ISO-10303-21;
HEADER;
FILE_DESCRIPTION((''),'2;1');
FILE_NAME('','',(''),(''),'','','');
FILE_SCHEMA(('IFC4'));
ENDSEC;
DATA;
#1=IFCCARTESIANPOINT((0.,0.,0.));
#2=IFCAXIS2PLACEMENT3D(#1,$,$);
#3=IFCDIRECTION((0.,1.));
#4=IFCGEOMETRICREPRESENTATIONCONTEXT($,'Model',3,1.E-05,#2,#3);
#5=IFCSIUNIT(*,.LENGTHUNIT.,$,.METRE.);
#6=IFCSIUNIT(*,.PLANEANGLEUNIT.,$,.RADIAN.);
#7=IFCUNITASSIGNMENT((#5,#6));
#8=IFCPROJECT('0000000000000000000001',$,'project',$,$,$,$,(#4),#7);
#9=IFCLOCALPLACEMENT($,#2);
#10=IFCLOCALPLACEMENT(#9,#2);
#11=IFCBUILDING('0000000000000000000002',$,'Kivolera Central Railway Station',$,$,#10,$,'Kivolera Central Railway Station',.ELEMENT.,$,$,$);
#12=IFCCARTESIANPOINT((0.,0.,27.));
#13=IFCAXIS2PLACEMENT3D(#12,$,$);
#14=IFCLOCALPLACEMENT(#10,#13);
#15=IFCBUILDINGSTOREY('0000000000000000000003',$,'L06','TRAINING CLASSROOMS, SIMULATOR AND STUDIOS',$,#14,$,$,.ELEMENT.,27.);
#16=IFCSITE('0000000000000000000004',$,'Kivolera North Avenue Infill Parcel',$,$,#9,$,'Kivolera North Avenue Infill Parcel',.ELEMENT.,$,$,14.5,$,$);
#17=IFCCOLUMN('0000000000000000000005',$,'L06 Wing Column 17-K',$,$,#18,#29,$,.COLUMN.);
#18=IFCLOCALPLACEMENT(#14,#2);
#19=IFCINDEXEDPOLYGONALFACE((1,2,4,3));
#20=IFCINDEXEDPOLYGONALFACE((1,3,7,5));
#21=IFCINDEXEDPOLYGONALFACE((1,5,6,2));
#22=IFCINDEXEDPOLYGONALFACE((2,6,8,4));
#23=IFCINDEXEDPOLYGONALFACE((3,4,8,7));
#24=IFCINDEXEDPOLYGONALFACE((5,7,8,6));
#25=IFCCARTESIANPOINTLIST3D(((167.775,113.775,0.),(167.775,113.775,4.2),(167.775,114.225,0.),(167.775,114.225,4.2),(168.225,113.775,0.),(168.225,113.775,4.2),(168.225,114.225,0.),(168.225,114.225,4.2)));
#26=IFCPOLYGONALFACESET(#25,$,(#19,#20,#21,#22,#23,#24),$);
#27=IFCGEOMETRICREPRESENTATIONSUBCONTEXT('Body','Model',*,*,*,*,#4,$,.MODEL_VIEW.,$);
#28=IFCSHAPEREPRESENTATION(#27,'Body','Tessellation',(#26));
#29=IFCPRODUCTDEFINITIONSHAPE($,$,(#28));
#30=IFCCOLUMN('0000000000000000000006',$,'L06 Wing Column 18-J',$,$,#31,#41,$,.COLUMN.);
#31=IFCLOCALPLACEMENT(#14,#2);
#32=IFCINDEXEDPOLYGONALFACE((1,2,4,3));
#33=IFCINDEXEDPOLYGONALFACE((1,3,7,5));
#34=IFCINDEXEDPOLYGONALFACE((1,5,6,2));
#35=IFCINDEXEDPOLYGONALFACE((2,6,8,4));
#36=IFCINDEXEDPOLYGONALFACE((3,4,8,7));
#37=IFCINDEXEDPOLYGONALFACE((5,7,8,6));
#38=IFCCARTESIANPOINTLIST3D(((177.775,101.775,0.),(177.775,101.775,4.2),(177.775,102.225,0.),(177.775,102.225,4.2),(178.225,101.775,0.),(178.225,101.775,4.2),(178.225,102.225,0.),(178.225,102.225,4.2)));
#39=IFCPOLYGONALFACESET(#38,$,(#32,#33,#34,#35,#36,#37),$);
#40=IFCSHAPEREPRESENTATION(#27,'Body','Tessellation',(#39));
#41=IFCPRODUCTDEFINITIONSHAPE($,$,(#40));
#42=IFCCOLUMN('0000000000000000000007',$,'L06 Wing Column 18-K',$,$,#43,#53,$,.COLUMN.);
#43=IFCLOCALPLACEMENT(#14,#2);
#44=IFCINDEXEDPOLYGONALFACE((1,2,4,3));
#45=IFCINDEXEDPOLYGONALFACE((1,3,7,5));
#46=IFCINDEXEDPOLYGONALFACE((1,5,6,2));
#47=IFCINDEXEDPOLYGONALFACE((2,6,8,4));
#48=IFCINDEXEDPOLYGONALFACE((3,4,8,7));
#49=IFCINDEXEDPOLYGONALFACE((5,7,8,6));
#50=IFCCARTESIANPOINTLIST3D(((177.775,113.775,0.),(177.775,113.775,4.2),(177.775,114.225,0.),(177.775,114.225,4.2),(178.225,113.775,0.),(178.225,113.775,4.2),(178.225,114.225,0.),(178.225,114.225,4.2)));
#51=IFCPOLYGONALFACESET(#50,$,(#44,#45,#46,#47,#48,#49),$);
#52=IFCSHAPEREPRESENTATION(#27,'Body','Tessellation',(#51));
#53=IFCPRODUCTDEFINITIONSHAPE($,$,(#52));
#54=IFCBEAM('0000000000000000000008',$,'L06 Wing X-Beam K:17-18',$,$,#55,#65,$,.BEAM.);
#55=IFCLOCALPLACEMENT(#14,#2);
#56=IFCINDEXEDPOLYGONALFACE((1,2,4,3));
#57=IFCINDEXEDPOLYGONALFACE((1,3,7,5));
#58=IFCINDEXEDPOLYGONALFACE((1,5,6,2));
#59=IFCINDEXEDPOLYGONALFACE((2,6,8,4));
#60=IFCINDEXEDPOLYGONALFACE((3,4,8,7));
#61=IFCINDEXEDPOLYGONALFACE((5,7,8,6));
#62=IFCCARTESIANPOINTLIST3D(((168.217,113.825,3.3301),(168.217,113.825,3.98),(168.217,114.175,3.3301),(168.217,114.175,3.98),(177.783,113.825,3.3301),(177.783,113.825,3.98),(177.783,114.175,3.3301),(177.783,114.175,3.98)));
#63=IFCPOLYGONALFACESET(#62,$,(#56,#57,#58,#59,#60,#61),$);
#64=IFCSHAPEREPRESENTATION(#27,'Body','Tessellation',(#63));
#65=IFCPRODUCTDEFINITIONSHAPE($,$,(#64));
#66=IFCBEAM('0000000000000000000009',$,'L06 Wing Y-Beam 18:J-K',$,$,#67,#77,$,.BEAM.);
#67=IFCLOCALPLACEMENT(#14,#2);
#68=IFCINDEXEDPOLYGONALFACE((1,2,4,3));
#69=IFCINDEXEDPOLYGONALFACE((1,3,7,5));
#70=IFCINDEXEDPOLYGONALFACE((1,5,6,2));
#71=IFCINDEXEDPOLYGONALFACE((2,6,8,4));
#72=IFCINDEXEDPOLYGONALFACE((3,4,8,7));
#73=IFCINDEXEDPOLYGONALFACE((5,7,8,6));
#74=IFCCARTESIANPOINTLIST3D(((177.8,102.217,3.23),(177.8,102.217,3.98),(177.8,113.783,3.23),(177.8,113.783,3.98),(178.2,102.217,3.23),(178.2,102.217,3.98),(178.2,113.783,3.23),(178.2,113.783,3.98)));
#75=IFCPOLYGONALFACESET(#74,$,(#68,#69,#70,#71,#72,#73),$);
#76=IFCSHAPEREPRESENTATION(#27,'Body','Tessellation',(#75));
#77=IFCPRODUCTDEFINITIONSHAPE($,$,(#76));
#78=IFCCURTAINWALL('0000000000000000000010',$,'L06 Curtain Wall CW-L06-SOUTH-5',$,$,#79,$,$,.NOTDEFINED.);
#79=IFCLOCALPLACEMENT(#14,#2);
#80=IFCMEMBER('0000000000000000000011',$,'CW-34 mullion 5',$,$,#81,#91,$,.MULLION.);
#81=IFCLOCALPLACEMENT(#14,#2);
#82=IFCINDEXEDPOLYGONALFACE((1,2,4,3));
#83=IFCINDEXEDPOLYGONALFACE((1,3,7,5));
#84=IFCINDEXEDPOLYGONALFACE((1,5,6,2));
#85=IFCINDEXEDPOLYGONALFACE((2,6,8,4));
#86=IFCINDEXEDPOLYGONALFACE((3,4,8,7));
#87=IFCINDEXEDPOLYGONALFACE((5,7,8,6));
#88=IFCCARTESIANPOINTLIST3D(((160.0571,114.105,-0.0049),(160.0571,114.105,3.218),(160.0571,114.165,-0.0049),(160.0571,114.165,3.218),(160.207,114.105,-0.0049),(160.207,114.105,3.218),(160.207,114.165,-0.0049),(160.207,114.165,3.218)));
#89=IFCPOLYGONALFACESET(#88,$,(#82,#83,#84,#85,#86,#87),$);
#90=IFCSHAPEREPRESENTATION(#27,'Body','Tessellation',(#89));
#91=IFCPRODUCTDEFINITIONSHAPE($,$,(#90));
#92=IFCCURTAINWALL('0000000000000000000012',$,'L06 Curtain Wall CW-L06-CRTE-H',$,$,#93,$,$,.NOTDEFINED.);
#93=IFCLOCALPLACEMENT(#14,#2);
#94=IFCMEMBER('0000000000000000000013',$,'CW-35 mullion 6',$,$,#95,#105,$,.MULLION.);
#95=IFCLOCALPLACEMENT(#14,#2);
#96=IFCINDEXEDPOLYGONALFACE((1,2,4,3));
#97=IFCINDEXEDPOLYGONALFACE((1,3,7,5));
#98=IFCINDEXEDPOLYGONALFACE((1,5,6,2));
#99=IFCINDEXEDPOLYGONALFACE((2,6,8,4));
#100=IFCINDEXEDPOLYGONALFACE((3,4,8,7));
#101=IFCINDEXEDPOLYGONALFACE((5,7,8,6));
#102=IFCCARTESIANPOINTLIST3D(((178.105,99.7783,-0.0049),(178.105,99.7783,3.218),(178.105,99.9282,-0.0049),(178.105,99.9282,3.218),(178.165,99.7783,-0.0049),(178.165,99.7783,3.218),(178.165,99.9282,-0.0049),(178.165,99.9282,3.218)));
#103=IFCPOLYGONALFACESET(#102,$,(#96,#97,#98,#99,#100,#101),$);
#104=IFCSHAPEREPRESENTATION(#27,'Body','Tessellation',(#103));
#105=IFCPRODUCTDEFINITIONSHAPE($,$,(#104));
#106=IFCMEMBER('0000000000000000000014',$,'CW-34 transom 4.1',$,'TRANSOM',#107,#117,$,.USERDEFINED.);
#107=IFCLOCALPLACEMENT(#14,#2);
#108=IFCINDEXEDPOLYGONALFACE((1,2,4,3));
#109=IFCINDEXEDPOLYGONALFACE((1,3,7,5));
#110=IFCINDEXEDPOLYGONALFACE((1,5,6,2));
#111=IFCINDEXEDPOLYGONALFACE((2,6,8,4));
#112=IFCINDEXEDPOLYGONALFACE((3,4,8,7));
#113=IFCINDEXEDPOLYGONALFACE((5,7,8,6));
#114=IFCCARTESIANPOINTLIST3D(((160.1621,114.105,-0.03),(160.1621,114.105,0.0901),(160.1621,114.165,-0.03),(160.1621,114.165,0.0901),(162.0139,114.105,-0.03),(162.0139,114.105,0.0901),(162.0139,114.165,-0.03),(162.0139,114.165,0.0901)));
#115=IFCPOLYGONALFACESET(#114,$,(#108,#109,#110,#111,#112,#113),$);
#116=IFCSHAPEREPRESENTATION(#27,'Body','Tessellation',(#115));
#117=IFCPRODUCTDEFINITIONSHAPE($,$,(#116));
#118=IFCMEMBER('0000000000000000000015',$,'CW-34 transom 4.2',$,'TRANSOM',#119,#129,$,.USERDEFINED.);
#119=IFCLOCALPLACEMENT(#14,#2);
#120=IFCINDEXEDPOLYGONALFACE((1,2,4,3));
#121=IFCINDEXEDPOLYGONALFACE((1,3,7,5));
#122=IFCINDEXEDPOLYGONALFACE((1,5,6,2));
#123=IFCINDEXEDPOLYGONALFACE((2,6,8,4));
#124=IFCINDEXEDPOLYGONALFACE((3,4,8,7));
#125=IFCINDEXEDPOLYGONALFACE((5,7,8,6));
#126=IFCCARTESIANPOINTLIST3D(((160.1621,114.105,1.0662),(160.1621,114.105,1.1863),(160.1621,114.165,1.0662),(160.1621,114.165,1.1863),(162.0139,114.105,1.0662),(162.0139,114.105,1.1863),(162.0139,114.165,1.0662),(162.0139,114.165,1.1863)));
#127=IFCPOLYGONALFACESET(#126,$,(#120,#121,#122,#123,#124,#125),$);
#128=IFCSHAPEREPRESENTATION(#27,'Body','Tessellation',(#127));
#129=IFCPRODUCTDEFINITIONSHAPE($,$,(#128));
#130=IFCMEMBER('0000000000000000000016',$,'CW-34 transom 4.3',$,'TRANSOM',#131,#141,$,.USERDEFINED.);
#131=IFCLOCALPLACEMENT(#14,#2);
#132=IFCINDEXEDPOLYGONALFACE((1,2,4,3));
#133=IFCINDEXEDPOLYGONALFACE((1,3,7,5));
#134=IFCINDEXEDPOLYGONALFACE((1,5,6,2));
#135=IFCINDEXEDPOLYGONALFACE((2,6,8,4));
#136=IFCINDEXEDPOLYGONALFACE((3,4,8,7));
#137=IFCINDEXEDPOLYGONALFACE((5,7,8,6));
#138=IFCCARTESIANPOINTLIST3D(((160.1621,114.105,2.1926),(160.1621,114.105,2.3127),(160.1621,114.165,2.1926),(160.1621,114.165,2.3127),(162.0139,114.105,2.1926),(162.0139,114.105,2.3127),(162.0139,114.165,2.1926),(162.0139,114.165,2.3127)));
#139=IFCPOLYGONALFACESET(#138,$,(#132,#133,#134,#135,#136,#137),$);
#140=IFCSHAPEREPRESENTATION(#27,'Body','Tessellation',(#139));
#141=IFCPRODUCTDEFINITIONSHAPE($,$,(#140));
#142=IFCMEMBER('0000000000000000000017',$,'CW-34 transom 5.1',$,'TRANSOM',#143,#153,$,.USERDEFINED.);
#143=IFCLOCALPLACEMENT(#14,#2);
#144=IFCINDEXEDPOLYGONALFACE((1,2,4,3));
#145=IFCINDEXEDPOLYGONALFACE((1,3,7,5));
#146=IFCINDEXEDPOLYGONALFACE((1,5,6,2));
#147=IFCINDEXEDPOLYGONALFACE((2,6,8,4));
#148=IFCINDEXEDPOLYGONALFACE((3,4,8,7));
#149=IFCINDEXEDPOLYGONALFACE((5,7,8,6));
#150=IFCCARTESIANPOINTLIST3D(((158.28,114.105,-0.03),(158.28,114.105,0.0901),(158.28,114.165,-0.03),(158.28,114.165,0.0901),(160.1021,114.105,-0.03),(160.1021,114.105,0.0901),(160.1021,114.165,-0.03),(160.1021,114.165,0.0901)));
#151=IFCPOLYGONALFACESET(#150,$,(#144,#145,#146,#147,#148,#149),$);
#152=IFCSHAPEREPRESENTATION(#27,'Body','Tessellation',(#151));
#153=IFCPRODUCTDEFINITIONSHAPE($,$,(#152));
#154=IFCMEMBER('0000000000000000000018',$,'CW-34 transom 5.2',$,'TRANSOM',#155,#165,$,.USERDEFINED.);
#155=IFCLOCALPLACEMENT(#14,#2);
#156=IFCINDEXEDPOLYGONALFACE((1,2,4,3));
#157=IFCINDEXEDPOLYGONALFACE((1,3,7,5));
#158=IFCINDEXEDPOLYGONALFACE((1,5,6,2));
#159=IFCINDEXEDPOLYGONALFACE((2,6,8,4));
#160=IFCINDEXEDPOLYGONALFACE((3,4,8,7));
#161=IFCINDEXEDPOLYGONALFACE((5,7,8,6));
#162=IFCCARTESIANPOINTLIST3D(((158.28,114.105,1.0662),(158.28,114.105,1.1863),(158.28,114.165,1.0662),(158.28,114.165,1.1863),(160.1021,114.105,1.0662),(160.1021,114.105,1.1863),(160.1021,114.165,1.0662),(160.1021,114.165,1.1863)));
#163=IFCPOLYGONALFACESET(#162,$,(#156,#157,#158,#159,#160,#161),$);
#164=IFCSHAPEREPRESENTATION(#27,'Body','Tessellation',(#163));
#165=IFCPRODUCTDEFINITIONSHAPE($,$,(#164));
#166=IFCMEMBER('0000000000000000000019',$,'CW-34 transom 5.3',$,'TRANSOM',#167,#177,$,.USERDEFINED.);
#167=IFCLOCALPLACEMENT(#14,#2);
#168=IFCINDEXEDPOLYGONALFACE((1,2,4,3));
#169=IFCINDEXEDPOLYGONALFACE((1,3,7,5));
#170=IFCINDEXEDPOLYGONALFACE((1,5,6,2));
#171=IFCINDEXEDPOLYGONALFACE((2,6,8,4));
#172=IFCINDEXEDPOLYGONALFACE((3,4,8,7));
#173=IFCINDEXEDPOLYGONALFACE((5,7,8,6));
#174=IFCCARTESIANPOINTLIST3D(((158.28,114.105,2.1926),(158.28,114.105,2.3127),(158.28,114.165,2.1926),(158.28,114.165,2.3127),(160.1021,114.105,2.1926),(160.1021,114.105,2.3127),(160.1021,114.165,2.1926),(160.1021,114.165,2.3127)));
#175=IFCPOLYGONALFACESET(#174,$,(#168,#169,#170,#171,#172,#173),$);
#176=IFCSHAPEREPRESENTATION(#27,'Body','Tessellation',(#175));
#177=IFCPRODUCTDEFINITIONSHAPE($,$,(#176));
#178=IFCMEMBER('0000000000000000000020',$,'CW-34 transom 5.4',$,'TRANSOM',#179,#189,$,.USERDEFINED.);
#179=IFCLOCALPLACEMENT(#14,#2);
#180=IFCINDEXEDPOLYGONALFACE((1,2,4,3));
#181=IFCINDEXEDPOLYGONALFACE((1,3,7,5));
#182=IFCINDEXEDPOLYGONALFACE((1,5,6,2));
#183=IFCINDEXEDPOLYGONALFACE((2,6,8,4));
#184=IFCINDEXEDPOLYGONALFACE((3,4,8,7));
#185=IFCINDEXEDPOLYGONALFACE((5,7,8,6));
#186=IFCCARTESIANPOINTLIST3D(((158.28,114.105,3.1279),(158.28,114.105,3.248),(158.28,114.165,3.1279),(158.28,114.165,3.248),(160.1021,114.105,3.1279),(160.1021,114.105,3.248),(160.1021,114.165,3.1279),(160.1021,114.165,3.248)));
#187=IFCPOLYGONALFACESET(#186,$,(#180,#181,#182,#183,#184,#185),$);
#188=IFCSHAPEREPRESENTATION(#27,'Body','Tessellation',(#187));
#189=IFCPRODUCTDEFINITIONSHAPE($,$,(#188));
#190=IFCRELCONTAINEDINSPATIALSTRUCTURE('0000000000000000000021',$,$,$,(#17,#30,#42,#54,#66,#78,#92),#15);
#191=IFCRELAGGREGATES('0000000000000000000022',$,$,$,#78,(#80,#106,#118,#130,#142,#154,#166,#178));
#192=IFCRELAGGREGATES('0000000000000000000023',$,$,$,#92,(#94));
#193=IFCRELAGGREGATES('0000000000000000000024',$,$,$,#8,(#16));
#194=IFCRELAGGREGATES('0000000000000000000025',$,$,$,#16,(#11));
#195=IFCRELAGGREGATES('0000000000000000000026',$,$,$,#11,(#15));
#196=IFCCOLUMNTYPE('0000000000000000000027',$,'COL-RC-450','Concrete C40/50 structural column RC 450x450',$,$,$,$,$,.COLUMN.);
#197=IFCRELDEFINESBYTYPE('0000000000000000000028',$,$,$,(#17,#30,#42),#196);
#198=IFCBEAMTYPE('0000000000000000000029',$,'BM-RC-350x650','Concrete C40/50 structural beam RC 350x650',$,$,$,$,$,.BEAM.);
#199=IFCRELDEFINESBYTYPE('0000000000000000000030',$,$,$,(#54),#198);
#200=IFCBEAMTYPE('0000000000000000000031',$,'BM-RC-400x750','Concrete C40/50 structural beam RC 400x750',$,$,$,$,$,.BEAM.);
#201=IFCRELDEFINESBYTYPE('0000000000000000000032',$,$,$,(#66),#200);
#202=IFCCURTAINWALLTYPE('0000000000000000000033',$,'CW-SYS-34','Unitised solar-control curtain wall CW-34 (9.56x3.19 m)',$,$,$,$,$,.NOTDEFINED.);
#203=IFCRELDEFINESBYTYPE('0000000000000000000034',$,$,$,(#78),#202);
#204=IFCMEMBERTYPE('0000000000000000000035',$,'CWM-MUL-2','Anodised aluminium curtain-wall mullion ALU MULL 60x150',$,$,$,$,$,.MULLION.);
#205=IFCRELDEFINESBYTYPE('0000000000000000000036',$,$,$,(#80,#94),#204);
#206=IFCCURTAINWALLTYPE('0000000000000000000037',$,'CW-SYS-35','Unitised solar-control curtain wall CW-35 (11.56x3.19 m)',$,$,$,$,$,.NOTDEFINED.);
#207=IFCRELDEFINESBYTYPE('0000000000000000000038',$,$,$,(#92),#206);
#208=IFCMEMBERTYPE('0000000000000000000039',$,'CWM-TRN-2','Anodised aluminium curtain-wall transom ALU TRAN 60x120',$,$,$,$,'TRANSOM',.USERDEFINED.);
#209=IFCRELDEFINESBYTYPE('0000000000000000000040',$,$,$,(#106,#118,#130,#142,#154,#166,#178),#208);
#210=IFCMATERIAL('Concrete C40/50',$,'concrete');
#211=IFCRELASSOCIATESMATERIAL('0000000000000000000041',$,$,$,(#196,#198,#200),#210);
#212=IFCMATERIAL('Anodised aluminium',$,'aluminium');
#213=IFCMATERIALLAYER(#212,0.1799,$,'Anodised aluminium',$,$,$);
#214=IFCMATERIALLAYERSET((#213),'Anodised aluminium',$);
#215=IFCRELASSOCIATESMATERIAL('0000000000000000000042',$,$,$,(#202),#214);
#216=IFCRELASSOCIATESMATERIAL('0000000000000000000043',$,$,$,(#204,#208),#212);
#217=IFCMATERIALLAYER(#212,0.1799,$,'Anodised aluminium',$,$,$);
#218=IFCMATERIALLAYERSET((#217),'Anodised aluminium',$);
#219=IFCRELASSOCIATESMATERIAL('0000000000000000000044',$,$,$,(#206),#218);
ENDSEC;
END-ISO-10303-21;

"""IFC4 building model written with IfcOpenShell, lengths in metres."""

from ifc_helpers import new_model, si_unit, direction, frame, origin, origin_2d, place, context, subcontext, project, spatial, rectangle, extrude, material, layer, layer_set, material_profile, profile_set, type_object, element, aggregate, save


model = new_model("IFC4")

# Units and contexts
model_context = context("Model", 3, precision=1e-05, world=origin(), true_north=direction((0.0, 1.0)))
body_context = subcontext(model_context, "Body", "Model", "MODEL_VIEW")
ifc_project = project(units=[si_unit("LENGTHUNIT", "METRE"), si_unit("PLANEANGLEUNIT", "RADIAN")], contexts=[model_context])

# Site, building, storey
site_placement = place(None, origin())
site = spatial("IfcSite", under=ifc_project, at=site_placement, Name="Kivolera North Avenue Infill Parcel", LongName="Kivolera North Avenue Infill Parcel", CompositionType="ELEMENT", RefElevation=14.5)
building_placement = place(site_placement, origin())
building = spatial("IfcBuilding", under=site, at=building_placement, Name="Kivolera Central Railway Station", LongName="Kivolera Central Railway Station", CompositionType="ELEMENT")
storey_placement = place(building_placement, frame((0.0, 0.0, 27.0)))
storey = spatial("IfcBuildingStorey", under=building, at=storey_placement, Name="L06", Description="TRAINING CLASSROOMS, SIMULATOR AND STUDIOS", CompositionType="ELEMENT", Elevation=27.0)

# Columns
ifc_material_1 = material(Name="Concrete C40/50", Category="concrete")
ifc_material_profile_1 = material_profile(ifc_material_1, rectangle(XDim=0.45, YDim=0.45, at=origin_2d()), Name="RC 450x450")
ifc_profile_set_1 = profile_set([ifc_material_profile_1], Name="Concrete C40/50")
column_type = type_object("IfcColumnType", Name="COL-RC-450", Description="Concrete C40/50 structural column RC 450x450", PredefinedType="COLUMN", material=ifc_profile_set_1)
for number, where, z_axis, x_axis, name in (
    (1, (168.0, 114.0, 0.0), (0.0, 0.0, 1.0), (1.0, 0.0, 0.0), "L06 Wing Column 17-K"),
    (2, (178.0, 102.0, 0.0), (0.0, 0.0, 1.0), (1.0, 0.0, 0.0), "L06 Wing Column 18-J"),
    (3, (178.0, 114.0, 0.0), (0.0, 0.0, 1.0), (1.0, 0.0, 0.0), "L06 Wing Column 18-K"),
):
    element("IfcColumn", number, at=place(storey_placement, frame(where, z_axis=z_axis, x_axis=x_axis)), inside=storey, type_object=column_type, Name=name, PredefinedType="COLUMN", context=body_context, shape_type="SweptSolid", body=[
        extrude(rectangle(XDim=0.45, YDim=0.45, at=origin_2d()), origin(), (0.0, 0.0, 1.0), 4.2),
    ])

# Beams
ifc_material_profile_2 = material_profile(ifc_material_1, rectangle(XDim=0.3501, YDim=0.6499, at=origin_2d()), Name="RC 350x650")
ifc_profile_set_2 = profile_set([ifc_material_profile_2], Name="Concrete C40/50")
beam_type_1 = type_object("IfcBeamType", Name="BM-RC-350x650", Description="Concrete C40/50 structural beam RC 350x650", PredefinedType="BEAM", material=ifc_profile_set_2)
beam_1_placement = place(storey_placement, frame((168.217, 114.0, 3.655), z_axis=(1.0, 0.0, 0.0), x_axis=(0.0, 1.0, 0.0)))
element("IfcBeam", 4, at=beam_1_placement, inside=storey, type_object=beam_type_1, Name="L06 Wing X-Beam K:17-18", PredefinedType="BEAM", context=body_context, shape_type="SweptSolid", body=[
    extrude(rectangle(XDim=0.3501, YDim=0.6499, at=origin_2d()), origin(), (0.0, 0.0, 1.0), 9.5659),
])
ifc_material_profile_3 = material_profile(ifc_material_1, rectangle(XDim=0.3999, YDim=0.75, at=origin_2d()), Name="RC 400x750")
ifc_profile_set_3 = profile_set([ifc_material_profile_3], Name="Concrete C40/50")
beam_type_2 = type_object("IfcBeamType", Name="BM-RC-400x750", Description="Concrete C40/50 structural beam RC 400x750", PredefinedType="BEAM", material=ifc_profile_set_3)
beam_2_placement = place(storey_placement, frame((178.0, 102.217, 3.605), z_axis=(0.0, 1.0, 0.0), x_axis=(-1.0, 0.0, 0.0)))
element("IfcBeam", 5, at=beam_2_placement, inside=storey, type_object=beam_type_2, Name="L06 Wing Y-Beam 18:J-K", PredefinedType="BEAM", context=body_context, shape_type="SweptSolid", body=[
    extrude(rectangle(XDim=0.3999, YDim=0.75, at=origin_2d()), origin(), (0.0, 0.0, 1.0), 11.5659),
])

# Curtain walls, members
ifc_material_2 = material(Name="Anodised aluminium", Category="aluminium")
ifc_layer_1 = layer(ifc_material_2, 0.1799, Name="Anodised aluminium")
ifc_layer_set_1 = layer_set([ifc_layer_1], Name="Anodised aluminium")
curtain_wall_type_1 = type_object("IfcCurtainWallType", Name="CW-SYS-34", Description="Unitised solar-control curtain wall CW-34 (9.56x3.19 m)", PredefinedType="NOTDEFINED", material=ifc_layer_set_1)
curtain_wall_1_placement = place(storey_placement, origin())
curtain_wall_1 = element("IfcCurtainWall", 6, at=curtain_wall_1_placement, inside=storey, type_object=curtain_wall_type_1, Name="L06 Curtain Wall CW-L06-SOUTH-5", PredefinedType="NOTDEFINED")
ifc_material_profile_4 = material_profile(ifc_material_2, rectangle(XDim=0.0601, YDim=0.1499, at=origin_2d()), Name="ALU MULL 60x150")
ifc_profile_set_4 = profile_set([ifc_material_profile_4], Name="Anodised aluminium")
member_type_1 = type_object("IfcMemberType", Name="CWM-MUL-2", Description="Anodised aluminium curtain-wall mullion ALU MULL 60x150", PredefinedType="MULLION", material=ifc_profile_set_4)
member_1_placement = place(storey_placement, frame((160.1321, 114.135, -0.0049), z_axis=(0.0, 0.0, 1.0), x_axis=(0.0, -1.0, 0.0)))
member_1 = element("IfcMember", 7, at=member_1_placement, type_object=member_type_1, Name="CW-34 mullion 5", PredefinedType="MULLION", context=body_context, shape_type="SweptSolid", body=[
    extrude(rectangle(XDim=0.0601, YDim=0.1499, at=origin_2d()), origin(), (0.0, 0.0, 1.0), 3.2229),
])
ifc_layer_2 = layer(ifc_material_2, 0.1799, Name="Anodised aluminium")
ifc_layer_set_2 = layer_set([ifc_layer_2], Name="Anodised aluminium")
curtain_wall_type_2 = type_object("IfcCurtainWallType", Name="CW-SYS-35", Description="Unitised solar-control curtain wall CW-35 (11.56x3.19 m)", PredefinedType="NOTDEFINED", material=ifc_layer_set_2)
curtain_wall_2_placement = place(storey_placement, origin())
curtain_wall_2 = element("IfcCurtainWall", 8, at=curtain_wall_2_placement, inside=storey, type_object=curtain_wall_type_2, Name="L06 Curtain Wall CW-L06-CRTE-H", PredefinedType="NOTDEFINED")
member_2_placement = place(storey_placement, frame((178.135, 99.8533, -0.0049), z_axis=(0.0, 0.0, 1.0), x_axis=(-1.0, 0.0, 0.0)))
member_2 = element("IfcMember", 9, at=member_2_placement, type_object=member_type_1, Name="CW-35 mullion 6", PredefinedType="MULLION", context=body_context, shape_type="SweptSolid", body=[
    extrude(rectangle(XDim=0.0601, YDim=0.1499, at=origin_2d()), origin(), (0.0, 0.0, 1.0), 3.2229),
])

# Members
ifc_material_profile_5 = material_profile(ifc_material_2, rectangle(XDim=0.0601, YDim=0.1201, at=origin_2d()), Name="ALU TRAN 60x120")
ifc_profile_set_5 = profile_set([ifc_material_profile_5], Name="Anodised aluminium")
member_type_2 = type_object("IfcMemberType", Name="CWM-TRN-2", Description="Anodised aluminium curtain-wall transom ALU TRAN 60x120", ElementType="TRANSOM", PredefinedType="USERDEFINED", material=ifc_profile_set_5)
member_3_placement = place(storey_placement, frame((162.0139, 114.135, 0.03), z_axis=(-1.0, 0.0, 0.0), x_axis=(0.0, -1.0, 0.0)))
member_3 = element("IfcMember", 10, at=member_3_placement, type_object=member_type_2, Name="CW-34 transom 4.1", ObjectType="TRANSOM", PredefinedType="USERDEFINED", context=body_context, shape_type="SweptSolid", body=[
    extrude(rectangle(XDim=0.0601, YDim=0.1201, at=origin_2d()), origin(), (0.0, 0.0, 1.0), 1.8518),
])
member_4_placement = place(storey_placement, frame((162.0139, 114.135, 1.1262), z_axis=(-1.0, 0.0, 0.0), x_axis=(0.0, -1.0, 0.0)))
member_4 = element("IfcMember", 11, at=member_4_placement, type_object=member_type_2, Name="CW-34 transom 4.2", ObjectType="TRANSOM", PredefinedType="USERDEFINED", context=body_context, shape_type="SweptSolid", body=[
    extrude(rectangle(XDim=0.0601, YDim=0.1201, at=origin_2d()), origin(), (0.0, 0.0, 1.0), 1.8518),
])
member_5_placement = place(storey_placement, frame((162.0139, 114.135, 2.2527), z_axis=(-1.0, 0.0, 0.0), x_axis=(0.0, -1.0, 0.0)))
member_5 = element("IfcMember", 12, at=member_5_placement, type_object=member_type_2, Name="CW-34 transom 4.3", ObjectType="TRANSOM", PredefinedType="USERDEFINED", context=body_context, shape_type="SweptSolid", body=[
    extrude(rectangle(XDim=0.0601, YDim=0.1201, at=origin_2d()), origin(), (0.0, 0.0, 1.0), 1.8518),
])
member_6_placement = place(storey_placement, frame((160.1021, 114.135, 0.03), z_axis=(-1.0, 0.0, 0.0), x_axis=(0.0, -1.0, 0.0)))
member_6 = element("IfcMember", 13, at=member_6_placement, type_object=member_type_2, Name="CW-34 transom 5.1", ObjectType="TRANSOM", PredefinedType="USERDEFINED", context=body_context, shape_type="SweptSolid", body=[
    extrude(rectangle(XDim=0.0601, YDim=0.1201, at=origin_2d()), origin(), (0.0, 0.0, 1.0), 1.822),
])
member_7_placement = place(storey_placement, frame((160.1021, 114.135, 1.1262), z_axis=(-1.0, 0.0, 0.0), x_axis=(0.0, -1.0, 0.0)))
member_7 = element("IfcMember", 14, at=member_7_placement, type_object=member_type_2, Name="CW-34 transom 5.2", ObjectType="TRANSOM", PredefinedType="USERDEFINED", context=body_context, shape_type="SweptSolid", body=[
    extrude(rectangle(XDim=0.0601, YDim=0.1201, at=origin_2d()), origin(), (0.0, 0.0, 1.0), 1.822),
])
member_8_placement = place(storey_placement, frame((160.1021, 114.135, 2.2527), z_axis=(-1.0, 0.0, 0.0), x_axis=(0.0, -1.0, 0.0)))
member_8 = element("IfcMember", 15, at=member_8_placement, type_object=member_type_2, Name="CW-34 transom 5.3", ObjectType="TRANSOM", PredefinedType="USERDEFINED", context=body_context, shape_type="SweptSolid", body=[
    extrude(rectangle(XDim=0.0601, YDim=0.1201, at=origin_2d()), origin(), (0.0, 0.0, 1.0), 1.822),
])
member_9_placement = place(storey_placement, frame((160.1021, 114.135, 3.188), z_axis=(-1.0, 0.0, 0.0), x_axis=(0.0, -1.0, 0.0)))
member_9 = element("IfcMember", 16, at=member_9_placement, type_object=member_type_2, Name="CW-34 transom 5.4", ObjectType="TRANSOM", PredefinedType="USERDEFINED", context=body_context, shape_type="SweptSolid", body=[
    extrude(rectangle(XDim=0.0601, YDim=0.1201, at=origin_2d()), origin(), (0.0, 0.0, 1.0), 1.822),
])

aggregate(curtain_wall_1, [member_1, member_3, member_4, member_5, member_6, member_7, member_8, member_9])
aggregate(curtain_wall_2, [member_2])

save(model, "model.ifc")
